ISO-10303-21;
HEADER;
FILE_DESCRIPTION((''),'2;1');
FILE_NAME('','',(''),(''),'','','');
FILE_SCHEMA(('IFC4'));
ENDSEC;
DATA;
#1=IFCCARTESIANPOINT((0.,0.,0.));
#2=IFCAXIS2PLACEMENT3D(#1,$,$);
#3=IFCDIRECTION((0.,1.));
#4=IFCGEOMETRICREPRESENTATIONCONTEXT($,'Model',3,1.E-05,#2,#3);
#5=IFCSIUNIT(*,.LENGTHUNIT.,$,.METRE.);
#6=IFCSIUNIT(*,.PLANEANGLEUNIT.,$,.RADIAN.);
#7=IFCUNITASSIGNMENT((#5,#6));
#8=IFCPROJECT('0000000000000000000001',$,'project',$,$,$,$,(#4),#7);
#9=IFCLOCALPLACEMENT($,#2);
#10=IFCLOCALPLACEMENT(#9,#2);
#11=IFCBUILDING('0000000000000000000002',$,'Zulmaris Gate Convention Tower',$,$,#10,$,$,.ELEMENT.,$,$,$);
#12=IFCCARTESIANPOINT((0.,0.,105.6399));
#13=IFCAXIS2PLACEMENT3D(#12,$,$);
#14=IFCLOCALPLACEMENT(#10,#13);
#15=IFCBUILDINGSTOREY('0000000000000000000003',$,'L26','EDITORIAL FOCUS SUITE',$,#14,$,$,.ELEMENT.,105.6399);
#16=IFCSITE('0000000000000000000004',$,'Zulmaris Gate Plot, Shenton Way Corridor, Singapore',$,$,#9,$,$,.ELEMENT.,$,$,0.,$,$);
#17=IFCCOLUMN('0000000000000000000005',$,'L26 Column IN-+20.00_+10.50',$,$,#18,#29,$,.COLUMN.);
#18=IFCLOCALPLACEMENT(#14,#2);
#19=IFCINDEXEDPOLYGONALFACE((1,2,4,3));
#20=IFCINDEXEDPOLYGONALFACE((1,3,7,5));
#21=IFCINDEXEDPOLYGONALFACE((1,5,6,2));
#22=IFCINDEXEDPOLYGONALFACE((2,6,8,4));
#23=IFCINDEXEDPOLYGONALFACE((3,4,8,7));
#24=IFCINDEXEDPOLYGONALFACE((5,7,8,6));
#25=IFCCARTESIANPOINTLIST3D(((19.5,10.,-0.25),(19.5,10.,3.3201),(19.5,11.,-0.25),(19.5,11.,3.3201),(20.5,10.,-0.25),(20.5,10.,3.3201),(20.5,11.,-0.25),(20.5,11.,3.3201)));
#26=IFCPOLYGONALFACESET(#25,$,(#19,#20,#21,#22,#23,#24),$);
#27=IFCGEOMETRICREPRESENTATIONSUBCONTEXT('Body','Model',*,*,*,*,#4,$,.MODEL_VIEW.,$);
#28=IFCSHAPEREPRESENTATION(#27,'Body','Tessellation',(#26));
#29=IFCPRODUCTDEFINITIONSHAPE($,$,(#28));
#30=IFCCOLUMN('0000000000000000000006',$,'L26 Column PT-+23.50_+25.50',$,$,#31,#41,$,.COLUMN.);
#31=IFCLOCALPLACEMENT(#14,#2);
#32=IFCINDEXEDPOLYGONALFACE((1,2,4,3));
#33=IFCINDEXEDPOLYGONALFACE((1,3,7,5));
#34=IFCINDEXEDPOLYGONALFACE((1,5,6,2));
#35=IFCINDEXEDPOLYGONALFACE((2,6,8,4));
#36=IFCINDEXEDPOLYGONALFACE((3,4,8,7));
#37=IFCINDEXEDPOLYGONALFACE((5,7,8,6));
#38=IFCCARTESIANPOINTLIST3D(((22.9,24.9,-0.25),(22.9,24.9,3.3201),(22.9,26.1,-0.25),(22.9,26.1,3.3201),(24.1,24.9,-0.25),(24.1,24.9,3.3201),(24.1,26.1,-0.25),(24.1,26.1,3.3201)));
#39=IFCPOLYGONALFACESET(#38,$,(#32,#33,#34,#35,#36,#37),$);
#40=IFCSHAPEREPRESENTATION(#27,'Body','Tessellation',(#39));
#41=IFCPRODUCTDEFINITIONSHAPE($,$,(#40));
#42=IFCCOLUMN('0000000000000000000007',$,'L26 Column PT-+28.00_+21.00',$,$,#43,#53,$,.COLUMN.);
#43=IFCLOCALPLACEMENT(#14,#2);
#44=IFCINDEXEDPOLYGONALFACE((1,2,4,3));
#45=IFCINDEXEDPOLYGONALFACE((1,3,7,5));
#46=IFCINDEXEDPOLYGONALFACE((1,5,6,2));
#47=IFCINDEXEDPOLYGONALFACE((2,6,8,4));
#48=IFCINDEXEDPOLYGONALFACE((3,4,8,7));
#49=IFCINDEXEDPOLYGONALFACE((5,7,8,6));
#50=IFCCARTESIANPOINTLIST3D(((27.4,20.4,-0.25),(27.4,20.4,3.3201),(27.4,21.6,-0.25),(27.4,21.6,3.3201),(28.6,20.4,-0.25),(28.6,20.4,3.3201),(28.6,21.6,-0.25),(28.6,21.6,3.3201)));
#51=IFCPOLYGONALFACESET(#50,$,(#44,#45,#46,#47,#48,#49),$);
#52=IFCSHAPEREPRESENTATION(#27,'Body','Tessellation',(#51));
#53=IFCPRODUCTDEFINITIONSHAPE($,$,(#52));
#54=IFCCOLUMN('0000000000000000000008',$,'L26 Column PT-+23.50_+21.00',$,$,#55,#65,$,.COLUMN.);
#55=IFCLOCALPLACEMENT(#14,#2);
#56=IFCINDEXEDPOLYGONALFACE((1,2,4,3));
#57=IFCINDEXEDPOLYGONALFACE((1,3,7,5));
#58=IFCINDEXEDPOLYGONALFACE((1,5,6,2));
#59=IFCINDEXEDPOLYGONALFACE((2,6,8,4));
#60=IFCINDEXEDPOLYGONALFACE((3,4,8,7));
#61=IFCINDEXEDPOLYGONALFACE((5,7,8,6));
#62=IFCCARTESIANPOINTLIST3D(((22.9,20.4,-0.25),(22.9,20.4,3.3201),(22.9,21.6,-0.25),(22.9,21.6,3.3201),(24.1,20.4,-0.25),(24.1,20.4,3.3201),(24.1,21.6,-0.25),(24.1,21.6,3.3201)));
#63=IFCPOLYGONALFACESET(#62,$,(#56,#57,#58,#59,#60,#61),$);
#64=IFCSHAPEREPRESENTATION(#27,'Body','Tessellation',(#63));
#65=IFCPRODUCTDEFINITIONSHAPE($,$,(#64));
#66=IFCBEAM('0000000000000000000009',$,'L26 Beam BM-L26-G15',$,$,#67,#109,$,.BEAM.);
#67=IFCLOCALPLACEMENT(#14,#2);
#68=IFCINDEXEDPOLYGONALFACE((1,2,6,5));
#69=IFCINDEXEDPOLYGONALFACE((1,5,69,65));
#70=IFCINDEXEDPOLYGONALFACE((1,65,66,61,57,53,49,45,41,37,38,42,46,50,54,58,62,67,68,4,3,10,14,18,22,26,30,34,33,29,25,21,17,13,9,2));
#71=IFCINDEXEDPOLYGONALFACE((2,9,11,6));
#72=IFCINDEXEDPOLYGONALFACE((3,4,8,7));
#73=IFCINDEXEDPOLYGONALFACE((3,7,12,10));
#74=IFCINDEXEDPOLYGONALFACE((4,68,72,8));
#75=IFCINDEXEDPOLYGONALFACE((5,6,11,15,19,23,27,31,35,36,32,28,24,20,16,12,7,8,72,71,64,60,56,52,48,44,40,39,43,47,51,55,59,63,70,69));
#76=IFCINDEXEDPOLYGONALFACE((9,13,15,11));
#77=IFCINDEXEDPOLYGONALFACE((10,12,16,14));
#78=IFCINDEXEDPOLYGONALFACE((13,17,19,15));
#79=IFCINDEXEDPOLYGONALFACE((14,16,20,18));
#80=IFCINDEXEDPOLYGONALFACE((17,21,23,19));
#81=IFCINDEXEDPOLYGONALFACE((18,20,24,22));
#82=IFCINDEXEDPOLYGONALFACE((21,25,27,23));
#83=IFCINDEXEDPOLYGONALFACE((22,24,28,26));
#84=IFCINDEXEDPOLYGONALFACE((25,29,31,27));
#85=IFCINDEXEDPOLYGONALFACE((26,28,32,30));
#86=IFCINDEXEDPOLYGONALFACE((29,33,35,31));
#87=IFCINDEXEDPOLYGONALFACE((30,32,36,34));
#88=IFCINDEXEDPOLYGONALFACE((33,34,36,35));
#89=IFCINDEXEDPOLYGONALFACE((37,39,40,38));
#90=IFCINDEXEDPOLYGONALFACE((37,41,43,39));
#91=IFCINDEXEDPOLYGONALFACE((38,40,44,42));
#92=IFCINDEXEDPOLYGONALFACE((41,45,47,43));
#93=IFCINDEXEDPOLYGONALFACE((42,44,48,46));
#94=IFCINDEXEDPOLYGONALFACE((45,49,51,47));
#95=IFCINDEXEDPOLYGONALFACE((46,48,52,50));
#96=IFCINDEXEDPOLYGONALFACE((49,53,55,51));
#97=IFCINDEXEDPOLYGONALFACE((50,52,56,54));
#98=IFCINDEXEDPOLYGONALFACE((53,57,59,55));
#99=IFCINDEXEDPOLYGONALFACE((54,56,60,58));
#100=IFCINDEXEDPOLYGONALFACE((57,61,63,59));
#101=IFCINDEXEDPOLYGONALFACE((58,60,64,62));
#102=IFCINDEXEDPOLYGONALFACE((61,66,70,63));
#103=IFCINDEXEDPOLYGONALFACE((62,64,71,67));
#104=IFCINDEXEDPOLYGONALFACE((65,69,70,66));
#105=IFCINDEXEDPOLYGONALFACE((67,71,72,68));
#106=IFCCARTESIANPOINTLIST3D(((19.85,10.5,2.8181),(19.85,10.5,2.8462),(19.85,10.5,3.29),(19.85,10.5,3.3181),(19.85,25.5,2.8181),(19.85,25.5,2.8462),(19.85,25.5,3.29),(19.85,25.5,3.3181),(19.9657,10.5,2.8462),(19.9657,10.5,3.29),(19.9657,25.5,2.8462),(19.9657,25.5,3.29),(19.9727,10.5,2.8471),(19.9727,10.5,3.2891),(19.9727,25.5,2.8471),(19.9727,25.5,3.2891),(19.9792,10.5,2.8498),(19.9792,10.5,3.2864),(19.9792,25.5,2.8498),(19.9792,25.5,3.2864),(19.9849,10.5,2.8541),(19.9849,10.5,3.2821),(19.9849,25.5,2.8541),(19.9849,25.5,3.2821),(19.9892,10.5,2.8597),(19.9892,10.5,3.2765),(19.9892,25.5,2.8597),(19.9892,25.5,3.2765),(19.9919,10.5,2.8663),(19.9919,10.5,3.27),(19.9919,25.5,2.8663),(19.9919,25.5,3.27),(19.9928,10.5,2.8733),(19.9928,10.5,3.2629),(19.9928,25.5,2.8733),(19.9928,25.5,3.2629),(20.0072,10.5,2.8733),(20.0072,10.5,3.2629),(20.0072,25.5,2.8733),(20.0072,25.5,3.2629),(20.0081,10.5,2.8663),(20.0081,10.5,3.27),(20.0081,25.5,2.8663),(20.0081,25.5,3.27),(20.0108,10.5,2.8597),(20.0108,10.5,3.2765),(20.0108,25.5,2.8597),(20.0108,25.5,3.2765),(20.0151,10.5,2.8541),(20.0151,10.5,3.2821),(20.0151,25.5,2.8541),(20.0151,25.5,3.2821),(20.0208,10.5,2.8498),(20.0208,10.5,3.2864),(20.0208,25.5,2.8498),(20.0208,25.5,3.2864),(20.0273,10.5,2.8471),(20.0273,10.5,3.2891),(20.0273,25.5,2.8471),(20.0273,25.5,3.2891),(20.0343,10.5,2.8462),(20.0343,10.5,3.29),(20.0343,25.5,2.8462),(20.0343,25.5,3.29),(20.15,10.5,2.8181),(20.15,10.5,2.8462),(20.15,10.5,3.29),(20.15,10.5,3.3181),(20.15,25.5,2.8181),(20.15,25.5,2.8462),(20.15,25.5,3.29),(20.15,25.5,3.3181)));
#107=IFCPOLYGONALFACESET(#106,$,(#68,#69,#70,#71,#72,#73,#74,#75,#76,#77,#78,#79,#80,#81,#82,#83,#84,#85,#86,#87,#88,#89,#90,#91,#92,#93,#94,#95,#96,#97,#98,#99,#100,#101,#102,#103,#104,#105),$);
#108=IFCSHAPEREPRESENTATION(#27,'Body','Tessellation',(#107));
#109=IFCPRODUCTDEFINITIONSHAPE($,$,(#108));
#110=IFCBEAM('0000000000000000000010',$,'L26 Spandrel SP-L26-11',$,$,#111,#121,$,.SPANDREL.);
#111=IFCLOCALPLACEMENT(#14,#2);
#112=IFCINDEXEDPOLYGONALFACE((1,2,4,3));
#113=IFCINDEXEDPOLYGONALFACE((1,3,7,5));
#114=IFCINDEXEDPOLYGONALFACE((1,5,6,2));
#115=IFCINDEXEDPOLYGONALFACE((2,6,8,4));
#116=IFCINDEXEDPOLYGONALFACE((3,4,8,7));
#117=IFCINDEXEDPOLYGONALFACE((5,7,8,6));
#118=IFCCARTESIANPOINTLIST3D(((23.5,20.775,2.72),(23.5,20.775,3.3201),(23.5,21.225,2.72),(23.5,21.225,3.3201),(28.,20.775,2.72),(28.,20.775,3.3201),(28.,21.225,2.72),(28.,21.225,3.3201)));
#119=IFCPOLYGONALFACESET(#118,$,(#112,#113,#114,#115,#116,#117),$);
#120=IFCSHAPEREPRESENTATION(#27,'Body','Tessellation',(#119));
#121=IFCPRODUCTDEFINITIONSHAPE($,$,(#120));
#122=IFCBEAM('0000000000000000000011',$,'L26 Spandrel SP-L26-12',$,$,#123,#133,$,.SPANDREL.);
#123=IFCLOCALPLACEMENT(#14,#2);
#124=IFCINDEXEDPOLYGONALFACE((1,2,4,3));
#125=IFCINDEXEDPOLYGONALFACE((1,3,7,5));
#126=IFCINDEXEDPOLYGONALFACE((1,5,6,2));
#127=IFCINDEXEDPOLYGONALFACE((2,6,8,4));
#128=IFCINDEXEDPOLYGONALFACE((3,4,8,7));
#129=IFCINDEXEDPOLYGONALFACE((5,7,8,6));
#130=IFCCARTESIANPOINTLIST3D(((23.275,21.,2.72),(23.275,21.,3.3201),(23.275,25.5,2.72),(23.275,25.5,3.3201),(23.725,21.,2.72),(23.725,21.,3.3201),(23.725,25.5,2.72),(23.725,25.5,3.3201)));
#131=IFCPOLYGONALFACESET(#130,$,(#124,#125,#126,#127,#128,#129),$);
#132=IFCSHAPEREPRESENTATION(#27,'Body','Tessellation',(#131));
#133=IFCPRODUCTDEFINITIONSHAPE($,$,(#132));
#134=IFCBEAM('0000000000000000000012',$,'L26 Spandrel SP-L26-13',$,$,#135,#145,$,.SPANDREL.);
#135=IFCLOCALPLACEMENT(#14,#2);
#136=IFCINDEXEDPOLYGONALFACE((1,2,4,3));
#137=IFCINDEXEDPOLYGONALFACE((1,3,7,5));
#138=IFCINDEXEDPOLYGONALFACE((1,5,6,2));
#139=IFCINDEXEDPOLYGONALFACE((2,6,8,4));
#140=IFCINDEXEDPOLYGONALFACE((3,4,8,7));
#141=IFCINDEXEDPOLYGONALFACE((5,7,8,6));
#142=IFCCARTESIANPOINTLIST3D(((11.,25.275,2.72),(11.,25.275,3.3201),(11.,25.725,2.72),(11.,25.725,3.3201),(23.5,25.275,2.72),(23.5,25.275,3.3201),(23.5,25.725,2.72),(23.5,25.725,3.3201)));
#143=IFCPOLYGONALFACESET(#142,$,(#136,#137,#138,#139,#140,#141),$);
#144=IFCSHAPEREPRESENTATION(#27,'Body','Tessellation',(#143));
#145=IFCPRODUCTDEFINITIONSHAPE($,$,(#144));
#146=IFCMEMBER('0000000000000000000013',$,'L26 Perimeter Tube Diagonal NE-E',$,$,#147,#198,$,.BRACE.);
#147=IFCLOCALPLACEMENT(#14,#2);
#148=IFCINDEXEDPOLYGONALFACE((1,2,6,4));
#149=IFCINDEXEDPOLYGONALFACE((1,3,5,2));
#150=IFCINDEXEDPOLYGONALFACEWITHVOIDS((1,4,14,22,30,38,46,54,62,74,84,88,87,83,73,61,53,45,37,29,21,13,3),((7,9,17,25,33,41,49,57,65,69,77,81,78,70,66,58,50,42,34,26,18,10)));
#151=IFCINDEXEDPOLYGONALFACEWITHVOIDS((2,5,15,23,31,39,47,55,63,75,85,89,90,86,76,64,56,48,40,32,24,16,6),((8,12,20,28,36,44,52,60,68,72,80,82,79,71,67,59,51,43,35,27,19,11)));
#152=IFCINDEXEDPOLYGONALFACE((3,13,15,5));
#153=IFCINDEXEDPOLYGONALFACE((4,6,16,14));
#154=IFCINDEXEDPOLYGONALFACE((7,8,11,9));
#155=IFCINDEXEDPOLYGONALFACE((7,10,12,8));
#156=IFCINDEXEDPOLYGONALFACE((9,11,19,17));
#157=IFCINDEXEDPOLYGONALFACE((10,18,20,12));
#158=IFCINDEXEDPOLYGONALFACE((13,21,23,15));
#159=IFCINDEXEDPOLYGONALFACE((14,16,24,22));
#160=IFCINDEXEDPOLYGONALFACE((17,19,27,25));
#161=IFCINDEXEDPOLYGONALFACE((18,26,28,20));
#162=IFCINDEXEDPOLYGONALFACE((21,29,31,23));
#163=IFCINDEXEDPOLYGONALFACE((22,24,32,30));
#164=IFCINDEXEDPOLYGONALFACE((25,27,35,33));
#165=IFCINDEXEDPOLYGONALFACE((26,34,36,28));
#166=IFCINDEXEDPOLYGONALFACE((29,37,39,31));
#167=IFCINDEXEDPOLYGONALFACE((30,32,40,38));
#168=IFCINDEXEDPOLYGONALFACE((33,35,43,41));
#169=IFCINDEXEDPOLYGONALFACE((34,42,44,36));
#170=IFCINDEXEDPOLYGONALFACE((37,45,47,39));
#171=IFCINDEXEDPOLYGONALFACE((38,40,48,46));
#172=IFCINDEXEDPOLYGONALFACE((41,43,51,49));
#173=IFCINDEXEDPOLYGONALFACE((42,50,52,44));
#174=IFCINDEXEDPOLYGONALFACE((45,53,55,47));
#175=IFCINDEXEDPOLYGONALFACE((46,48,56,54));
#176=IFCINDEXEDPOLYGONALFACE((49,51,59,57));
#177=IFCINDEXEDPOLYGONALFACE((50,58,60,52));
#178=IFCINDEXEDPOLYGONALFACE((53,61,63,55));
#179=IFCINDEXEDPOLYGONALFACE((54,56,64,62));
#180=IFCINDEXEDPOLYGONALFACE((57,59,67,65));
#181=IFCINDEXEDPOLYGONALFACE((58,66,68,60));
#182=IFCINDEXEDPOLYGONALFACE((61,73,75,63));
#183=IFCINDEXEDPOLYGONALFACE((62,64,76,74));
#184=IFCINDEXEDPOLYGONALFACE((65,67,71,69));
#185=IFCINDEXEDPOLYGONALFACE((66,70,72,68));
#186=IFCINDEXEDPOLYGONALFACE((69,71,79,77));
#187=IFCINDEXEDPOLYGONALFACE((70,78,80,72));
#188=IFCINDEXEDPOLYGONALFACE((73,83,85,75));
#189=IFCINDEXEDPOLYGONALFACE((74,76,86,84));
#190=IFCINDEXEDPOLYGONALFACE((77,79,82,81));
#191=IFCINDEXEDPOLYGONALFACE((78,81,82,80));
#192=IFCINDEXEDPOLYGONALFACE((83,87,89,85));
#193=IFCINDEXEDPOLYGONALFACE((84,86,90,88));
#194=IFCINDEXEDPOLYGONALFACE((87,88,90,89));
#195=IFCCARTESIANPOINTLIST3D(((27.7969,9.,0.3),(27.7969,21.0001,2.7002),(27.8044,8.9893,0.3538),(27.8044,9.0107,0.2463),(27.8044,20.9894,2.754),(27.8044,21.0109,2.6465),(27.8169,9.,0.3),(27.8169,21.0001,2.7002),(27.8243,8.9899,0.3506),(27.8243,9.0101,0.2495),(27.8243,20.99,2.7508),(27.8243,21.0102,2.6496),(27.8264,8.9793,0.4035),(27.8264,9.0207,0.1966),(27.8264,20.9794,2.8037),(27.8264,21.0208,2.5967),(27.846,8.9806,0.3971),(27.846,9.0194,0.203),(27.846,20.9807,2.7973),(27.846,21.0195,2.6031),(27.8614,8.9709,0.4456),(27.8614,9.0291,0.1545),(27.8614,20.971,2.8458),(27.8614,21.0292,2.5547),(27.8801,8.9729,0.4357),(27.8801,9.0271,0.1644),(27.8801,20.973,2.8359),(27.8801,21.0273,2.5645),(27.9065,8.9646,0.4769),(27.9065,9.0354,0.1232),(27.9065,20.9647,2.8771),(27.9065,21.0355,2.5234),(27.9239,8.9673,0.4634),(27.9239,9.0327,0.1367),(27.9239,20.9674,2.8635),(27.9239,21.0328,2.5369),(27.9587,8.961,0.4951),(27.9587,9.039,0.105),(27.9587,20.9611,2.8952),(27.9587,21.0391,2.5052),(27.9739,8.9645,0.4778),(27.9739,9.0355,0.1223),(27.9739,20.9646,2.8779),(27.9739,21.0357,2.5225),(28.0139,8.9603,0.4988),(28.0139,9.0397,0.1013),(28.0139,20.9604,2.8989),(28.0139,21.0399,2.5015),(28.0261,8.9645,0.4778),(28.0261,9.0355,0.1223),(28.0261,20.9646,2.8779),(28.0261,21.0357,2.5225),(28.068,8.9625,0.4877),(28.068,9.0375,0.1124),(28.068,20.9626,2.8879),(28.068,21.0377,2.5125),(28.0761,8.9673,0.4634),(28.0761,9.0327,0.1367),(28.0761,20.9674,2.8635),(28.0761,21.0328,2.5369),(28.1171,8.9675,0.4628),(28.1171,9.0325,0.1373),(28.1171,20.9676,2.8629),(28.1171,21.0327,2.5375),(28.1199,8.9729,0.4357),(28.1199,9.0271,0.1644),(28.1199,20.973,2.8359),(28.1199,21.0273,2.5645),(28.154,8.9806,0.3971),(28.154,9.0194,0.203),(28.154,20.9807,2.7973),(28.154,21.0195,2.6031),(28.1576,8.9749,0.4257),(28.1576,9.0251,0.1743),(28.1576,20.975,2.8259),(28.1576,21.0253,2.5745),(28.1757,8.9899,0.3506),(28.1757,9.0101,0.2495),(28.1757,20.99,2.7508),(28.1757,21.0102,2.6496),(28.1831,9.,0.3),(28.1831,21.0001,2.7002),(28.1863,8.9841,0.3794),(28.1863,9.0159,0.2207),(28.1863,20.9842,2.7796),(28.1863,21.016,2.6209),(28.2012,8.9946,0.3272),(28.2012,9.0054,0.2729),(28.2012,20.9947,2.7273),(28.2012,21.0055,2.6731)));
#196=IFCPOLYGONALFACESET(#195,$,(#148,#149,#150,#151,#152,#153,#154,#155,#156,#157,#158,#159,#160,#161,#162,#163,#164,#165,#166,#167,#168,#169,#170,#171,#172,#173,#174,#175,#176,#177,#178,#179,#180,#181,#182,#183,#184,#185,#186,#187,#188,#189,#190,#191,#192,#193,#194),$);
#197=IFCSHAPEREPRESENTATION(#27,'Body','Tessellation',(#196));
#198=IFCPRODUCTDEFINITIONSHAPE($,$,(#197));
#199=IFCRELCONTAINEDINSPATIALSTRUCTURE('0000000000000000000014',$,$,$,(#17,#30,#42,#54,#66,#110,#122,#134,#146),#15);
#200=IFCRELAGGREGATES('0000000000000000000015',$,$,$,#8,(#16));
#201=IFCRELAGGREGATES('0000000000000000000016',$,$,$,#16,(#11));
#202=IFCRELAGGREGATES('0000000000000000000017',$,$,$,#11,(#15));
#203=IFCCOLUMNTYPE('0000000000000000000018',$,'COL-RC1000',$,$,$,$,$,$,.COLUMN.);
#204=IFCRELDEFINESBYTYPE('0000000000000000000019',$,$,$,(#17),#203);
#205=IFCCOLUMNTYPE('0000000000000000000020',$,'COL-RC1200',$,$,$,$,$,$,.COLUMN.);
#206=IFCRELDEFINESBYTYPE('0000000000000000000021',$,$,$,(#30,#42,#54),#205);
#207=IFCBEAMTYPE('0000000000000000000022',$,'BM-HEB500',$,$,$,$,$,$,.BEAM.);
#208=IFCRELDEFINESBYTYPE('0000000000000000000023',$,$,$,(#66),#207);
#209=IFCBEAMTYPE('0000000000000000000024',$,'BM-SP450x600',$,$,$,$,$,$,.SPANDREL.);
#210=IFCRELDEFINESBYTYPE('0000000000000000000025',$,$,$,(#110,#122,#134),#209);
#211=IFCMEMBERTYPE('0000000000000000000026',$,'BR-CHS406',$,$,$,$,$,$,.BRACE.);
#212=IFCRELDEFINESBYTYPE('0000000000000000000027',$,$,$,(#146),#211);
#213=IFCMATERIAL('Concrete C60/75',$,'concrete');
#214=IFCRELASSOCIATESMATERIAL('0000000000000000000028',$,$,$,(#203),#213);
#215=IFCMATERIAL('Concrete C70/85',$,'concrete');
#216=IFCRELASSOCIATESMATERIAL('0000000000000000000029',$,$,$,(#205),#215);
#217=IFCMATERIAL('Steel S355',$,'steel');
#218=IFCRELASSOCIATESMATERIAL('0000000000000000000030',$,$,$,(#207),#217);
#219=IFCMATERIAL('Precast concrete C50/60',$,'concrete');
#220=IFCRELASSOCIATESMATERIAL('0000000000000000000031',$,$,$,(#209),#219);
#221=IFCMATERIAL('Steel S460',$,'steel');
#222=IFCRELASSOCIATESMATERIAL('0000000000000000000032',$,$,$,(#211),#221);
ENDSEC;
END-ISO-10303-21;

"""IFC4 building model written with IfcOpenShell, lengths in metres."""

from ifc_helpers import new_model, si_unit, direction, frame, origin, origin_2d, place, context, subcontext, project, spatial, rectangle, hollow_circle, i_section, extrude, material, material_profile, profile_set, type_object, element, save


model = new_model("IFC4")

# Units and contexts
model_context = context("Model", 3, precision=1e-05, world=origin(), true_north=direction((0.0, 1.0)))
body_context = subcontext(model_context, "Body", "Model", "MODEL_VIEW")
ifc_project = project(units=[si_unit("LENGTHUNIT", "METRE"), si_unit("PLANEANGLEUNIT", "RADIAN")], contexts=[model_context])

# Site, building, storey
site_placement = place(None, origin())
site = spatial("IfcSite", under=ifc_project, at=site_placement, Name="Zulmaris Gate Plot, Shenton Way Corridor, Singapore", CompositionType="ELEMENT", RefElevation=0.0)
building_placement = place(site_placement, origin())
building = spatial("IfcBuilding", under=site, at=building_placement, Name="Zulmaris Gate Convention Tower", CompositionType="ELEMENT")
storey_placement = place(building_placement, frame((0.0, 0.0, 105.6399)))
storey = spatial("IfcBuildingStorey", under=building, at=storey_placement, Name="L26", Description="EDITORIAL FOCUS SUITE", CompositionType="ELEMENT", Elevation=105.6399)

# Columns
ifc_material_1 = material(Name="Concrete C60/75", Category="concrete")
ifc_material_profile_1 = material_profile(ifc_material_1, rectangle(XDim=1.0, YDim=1.0, at=origin_2d()), Name="RC COL 1000x1000")
ifc_profile_set_1 = profile_set([ifc_material_profile_1], Name="Concrete C60/75")
column_type_1 = type_object("IfcColumnType", Name="COL-RC1000", PredefinedType="COLUMN", material=ifc_profile_set_1)
column_placement = place(storey_placement, frame((20.0, 10.5, -0.25), z_axis=(0.0, 0.0, 1.0), x_axis=(1.0, 0.0, 0.0)))
element("IfcColumn", 1, at=column_placement, inside=storey, type_object=column_type_1, Name="L26 Column IN-+20.00_+10.50", PredefinedType="COLUMN", context=body_context, shape_type="SweptSolid", body=[
    extrude(rectangle(XDim=1.0, YDim=1.0, at=origin_2d()), origin(), (0.0, 0.0, 1.0), 3.5701),
])
ifc_material_2 = material(Name="Concrete C70/85", Category="concrete")
ifc_material_profile_2 = material_profile(ifc_material_2, rectangle(XDim=1.2, YDim=1.2, at=origin_2d()), Name="RC COL 1200x1200")
ifc_profile_set_2 = profile_set([ifc_material_profile_2], Name="Concrete C70/85")
column_type_2 = type_object("IfcColumnType", Name="COL-RC1200", PredefinedType="COLUMN", material=ifc_profile_set_2)
for number, where, z_axis, x_axis, name in (
    (2, (23.5, 25.5, -0.25), (0.0, 0.0, 1.0), (1.0, 0.0, 0.0), "L26 Column PT-+23.50_+25.50"),
    (3, (28.0, 21.0, -0.25), (0.0, 0.0, 1.0), (1.0, 0.0, 0.0), "L26 Column PT-+28.00_+21.00"),
    (4, (23.5, 21.0, -0.25), (0.0, 0.0, 1.0), (1.0, 0.0, 0.0), "L26 Column PT-+23.50_+21.00"),
):
    element("IfcColumn", number, at=place(storey_placement, frame(where, z_axis=z_axis, x_axis=x_axis)), inside=storey, type_object=column_type_2, Name=name, PredefinedType="COLUMN", context=body_context, shape_type="SweptSolid", body=[
        extrude(rectangle(XDim=1.2, YDim=1.2, at=origin_2d()), origin(), (0.0, 0.0, 1.0), 3.5701),
    ])

# Beams
ifc_material_3 = material(Name="Steel S355", Category="steel")
ifc_material_profile_3 = material_profile(ifc_material_3, i_section(OverallWidth=0.3, OverallDepth=0.5, WebThickness=0.0144, FlangeThickness=0.0281, FilletRadius=0.0271, at=origin_2d()), Name="HEB 500")
ifc_profile_set_3 = profile_set([ifc_material_profile_3], Name="Steel S355")
beam_type_1 = type_object("IfcBeamType", Name="BM-HEB500", PredefinedType="BEAM", material=ifc_profile_set_3)
beam_1_placement = place(storey_placement, frame((20.0, 10.5, 3.0681), z_axis=(0.0, 1.0, 0.0), x_axis=(-1.0, 0.0, 0.0)))
element("IfcBeam", 5, at=beam_1_placement, inside=storey, type_object=beam_type_1, Name="L26 Beam BM-L26-G15", PredefinedType="BEAM", context=body_context, shape_type="SweptSolid", body=[
    extrude(i_section(OverallWidth=0.3, OverallDepth=0.5, WebThickness=0.0144, FlangeThickness=0.0281, FilletRadius=0.0271, at=origin_2d()), origin(), (0.0, 0.0, 1.0), 15.0),
])
ifc_material_4 = material(Name="Precast concrete C50/60", Category="concrete")
ifc_material_profile_4 = material_profile(ifc_material_4, rectangle(XDim=0.45, YDim=0.6001, at=origin_2d()), Name="RC SPANDREL 450x600")
ifc_profile_set_4 = profile_set([ifc_material_profile_4], Name="Precast concrete C50/60")
beam_type_2 = type_object("IfcBeamType", Name="BM-SP450x600", PredefinedType="SPANDREL", material=ifc_profile_set_4)
for number, where, z_axis, x_axis, name in (
    (6, (28.0, 21.0, 3.02), (-1.0, 0.0, 0.0), (0.0, -1.0, 0.0), "L26 Spandrel SP-L26-11"),
    (7, (23.5, 21.0, 3.02), (0.0, 1.0, 0.0), (-1.0, 0.0, 0.0), "L26 Spandrel SP-L26-12"),
):
    element("IfcBeam", number, at=place(storey_placement, frame(where, z_axis=z_axis, x_axis=x_axis)), inside=storey, type_object=beam_type_2, Name=name, PredefinedType="SPANDREL", context=body_context, shape_type="SweptSolid", body=[
        extrude(rectangle(XDim=0.45, YDim=0.6001, at=origin_2d()), origin(), (0.0, 0.0, 1.0), 4.5),
    ])
beam_2_placement = place(storey_placement, frame((23.5, 25.5, 3.02), z_axis=(-1.0, 0.0, 0.0), x_axis=(0.0, -1.0, 0.0)))
element("IfcBeam", 8, at=beam_2_placement, inside=storey, type_object=beam_type_2, Name="L26 Spandrel SP-L26-13", PredefinedType="SPANDREL", context=body_context, shape_type="SweptSolid", body=[
    extrude(rectangle(XDim=0.45, YDim=0.6001, at=origin_2d()), origin(), (0.0, 0.0, 1.0), 12.5),
])

# Member
ifc_material_5 = material(Name="Steel S460", Category="steel")
ifc_material_profile_5 = material_profile(ifc_material_5, hollow_circle(Radius=0.2031, WallThickness=0.02, at=origin_2d()), Name="CHS 406.4x20")
ifc_profile_set_5 = profile_set([ifc_material_profile_5], Name="Steel S460")
member_type = type_object("IfcMemberType", Name="BR-CHS406", PredefinedType="BRACE", material=ifc_profile_set_5)
member_placement = place(storey_placement, frame((28.0, 9.0, 0.3), z_axis=(0.0, 0.980578, 0.196128), x_axis=(-1.0, 0.0, 0.0)))
element("IfcMember", 9, at=member_placement, inside=storey, type_object=member_type, Name="L26 Perimeter Tube Diagonal NE-E", PredefinedType="BRACE", context=body_context, shape_type="SweptSolid", body=[
    extrude(hollow_circle(Radius=0.2031, WallThickness=0.02, at=origin_2d()), origin(), (0.0, 0.0, 1.0), 12.2378),
])

save(model, "model.ifc")
